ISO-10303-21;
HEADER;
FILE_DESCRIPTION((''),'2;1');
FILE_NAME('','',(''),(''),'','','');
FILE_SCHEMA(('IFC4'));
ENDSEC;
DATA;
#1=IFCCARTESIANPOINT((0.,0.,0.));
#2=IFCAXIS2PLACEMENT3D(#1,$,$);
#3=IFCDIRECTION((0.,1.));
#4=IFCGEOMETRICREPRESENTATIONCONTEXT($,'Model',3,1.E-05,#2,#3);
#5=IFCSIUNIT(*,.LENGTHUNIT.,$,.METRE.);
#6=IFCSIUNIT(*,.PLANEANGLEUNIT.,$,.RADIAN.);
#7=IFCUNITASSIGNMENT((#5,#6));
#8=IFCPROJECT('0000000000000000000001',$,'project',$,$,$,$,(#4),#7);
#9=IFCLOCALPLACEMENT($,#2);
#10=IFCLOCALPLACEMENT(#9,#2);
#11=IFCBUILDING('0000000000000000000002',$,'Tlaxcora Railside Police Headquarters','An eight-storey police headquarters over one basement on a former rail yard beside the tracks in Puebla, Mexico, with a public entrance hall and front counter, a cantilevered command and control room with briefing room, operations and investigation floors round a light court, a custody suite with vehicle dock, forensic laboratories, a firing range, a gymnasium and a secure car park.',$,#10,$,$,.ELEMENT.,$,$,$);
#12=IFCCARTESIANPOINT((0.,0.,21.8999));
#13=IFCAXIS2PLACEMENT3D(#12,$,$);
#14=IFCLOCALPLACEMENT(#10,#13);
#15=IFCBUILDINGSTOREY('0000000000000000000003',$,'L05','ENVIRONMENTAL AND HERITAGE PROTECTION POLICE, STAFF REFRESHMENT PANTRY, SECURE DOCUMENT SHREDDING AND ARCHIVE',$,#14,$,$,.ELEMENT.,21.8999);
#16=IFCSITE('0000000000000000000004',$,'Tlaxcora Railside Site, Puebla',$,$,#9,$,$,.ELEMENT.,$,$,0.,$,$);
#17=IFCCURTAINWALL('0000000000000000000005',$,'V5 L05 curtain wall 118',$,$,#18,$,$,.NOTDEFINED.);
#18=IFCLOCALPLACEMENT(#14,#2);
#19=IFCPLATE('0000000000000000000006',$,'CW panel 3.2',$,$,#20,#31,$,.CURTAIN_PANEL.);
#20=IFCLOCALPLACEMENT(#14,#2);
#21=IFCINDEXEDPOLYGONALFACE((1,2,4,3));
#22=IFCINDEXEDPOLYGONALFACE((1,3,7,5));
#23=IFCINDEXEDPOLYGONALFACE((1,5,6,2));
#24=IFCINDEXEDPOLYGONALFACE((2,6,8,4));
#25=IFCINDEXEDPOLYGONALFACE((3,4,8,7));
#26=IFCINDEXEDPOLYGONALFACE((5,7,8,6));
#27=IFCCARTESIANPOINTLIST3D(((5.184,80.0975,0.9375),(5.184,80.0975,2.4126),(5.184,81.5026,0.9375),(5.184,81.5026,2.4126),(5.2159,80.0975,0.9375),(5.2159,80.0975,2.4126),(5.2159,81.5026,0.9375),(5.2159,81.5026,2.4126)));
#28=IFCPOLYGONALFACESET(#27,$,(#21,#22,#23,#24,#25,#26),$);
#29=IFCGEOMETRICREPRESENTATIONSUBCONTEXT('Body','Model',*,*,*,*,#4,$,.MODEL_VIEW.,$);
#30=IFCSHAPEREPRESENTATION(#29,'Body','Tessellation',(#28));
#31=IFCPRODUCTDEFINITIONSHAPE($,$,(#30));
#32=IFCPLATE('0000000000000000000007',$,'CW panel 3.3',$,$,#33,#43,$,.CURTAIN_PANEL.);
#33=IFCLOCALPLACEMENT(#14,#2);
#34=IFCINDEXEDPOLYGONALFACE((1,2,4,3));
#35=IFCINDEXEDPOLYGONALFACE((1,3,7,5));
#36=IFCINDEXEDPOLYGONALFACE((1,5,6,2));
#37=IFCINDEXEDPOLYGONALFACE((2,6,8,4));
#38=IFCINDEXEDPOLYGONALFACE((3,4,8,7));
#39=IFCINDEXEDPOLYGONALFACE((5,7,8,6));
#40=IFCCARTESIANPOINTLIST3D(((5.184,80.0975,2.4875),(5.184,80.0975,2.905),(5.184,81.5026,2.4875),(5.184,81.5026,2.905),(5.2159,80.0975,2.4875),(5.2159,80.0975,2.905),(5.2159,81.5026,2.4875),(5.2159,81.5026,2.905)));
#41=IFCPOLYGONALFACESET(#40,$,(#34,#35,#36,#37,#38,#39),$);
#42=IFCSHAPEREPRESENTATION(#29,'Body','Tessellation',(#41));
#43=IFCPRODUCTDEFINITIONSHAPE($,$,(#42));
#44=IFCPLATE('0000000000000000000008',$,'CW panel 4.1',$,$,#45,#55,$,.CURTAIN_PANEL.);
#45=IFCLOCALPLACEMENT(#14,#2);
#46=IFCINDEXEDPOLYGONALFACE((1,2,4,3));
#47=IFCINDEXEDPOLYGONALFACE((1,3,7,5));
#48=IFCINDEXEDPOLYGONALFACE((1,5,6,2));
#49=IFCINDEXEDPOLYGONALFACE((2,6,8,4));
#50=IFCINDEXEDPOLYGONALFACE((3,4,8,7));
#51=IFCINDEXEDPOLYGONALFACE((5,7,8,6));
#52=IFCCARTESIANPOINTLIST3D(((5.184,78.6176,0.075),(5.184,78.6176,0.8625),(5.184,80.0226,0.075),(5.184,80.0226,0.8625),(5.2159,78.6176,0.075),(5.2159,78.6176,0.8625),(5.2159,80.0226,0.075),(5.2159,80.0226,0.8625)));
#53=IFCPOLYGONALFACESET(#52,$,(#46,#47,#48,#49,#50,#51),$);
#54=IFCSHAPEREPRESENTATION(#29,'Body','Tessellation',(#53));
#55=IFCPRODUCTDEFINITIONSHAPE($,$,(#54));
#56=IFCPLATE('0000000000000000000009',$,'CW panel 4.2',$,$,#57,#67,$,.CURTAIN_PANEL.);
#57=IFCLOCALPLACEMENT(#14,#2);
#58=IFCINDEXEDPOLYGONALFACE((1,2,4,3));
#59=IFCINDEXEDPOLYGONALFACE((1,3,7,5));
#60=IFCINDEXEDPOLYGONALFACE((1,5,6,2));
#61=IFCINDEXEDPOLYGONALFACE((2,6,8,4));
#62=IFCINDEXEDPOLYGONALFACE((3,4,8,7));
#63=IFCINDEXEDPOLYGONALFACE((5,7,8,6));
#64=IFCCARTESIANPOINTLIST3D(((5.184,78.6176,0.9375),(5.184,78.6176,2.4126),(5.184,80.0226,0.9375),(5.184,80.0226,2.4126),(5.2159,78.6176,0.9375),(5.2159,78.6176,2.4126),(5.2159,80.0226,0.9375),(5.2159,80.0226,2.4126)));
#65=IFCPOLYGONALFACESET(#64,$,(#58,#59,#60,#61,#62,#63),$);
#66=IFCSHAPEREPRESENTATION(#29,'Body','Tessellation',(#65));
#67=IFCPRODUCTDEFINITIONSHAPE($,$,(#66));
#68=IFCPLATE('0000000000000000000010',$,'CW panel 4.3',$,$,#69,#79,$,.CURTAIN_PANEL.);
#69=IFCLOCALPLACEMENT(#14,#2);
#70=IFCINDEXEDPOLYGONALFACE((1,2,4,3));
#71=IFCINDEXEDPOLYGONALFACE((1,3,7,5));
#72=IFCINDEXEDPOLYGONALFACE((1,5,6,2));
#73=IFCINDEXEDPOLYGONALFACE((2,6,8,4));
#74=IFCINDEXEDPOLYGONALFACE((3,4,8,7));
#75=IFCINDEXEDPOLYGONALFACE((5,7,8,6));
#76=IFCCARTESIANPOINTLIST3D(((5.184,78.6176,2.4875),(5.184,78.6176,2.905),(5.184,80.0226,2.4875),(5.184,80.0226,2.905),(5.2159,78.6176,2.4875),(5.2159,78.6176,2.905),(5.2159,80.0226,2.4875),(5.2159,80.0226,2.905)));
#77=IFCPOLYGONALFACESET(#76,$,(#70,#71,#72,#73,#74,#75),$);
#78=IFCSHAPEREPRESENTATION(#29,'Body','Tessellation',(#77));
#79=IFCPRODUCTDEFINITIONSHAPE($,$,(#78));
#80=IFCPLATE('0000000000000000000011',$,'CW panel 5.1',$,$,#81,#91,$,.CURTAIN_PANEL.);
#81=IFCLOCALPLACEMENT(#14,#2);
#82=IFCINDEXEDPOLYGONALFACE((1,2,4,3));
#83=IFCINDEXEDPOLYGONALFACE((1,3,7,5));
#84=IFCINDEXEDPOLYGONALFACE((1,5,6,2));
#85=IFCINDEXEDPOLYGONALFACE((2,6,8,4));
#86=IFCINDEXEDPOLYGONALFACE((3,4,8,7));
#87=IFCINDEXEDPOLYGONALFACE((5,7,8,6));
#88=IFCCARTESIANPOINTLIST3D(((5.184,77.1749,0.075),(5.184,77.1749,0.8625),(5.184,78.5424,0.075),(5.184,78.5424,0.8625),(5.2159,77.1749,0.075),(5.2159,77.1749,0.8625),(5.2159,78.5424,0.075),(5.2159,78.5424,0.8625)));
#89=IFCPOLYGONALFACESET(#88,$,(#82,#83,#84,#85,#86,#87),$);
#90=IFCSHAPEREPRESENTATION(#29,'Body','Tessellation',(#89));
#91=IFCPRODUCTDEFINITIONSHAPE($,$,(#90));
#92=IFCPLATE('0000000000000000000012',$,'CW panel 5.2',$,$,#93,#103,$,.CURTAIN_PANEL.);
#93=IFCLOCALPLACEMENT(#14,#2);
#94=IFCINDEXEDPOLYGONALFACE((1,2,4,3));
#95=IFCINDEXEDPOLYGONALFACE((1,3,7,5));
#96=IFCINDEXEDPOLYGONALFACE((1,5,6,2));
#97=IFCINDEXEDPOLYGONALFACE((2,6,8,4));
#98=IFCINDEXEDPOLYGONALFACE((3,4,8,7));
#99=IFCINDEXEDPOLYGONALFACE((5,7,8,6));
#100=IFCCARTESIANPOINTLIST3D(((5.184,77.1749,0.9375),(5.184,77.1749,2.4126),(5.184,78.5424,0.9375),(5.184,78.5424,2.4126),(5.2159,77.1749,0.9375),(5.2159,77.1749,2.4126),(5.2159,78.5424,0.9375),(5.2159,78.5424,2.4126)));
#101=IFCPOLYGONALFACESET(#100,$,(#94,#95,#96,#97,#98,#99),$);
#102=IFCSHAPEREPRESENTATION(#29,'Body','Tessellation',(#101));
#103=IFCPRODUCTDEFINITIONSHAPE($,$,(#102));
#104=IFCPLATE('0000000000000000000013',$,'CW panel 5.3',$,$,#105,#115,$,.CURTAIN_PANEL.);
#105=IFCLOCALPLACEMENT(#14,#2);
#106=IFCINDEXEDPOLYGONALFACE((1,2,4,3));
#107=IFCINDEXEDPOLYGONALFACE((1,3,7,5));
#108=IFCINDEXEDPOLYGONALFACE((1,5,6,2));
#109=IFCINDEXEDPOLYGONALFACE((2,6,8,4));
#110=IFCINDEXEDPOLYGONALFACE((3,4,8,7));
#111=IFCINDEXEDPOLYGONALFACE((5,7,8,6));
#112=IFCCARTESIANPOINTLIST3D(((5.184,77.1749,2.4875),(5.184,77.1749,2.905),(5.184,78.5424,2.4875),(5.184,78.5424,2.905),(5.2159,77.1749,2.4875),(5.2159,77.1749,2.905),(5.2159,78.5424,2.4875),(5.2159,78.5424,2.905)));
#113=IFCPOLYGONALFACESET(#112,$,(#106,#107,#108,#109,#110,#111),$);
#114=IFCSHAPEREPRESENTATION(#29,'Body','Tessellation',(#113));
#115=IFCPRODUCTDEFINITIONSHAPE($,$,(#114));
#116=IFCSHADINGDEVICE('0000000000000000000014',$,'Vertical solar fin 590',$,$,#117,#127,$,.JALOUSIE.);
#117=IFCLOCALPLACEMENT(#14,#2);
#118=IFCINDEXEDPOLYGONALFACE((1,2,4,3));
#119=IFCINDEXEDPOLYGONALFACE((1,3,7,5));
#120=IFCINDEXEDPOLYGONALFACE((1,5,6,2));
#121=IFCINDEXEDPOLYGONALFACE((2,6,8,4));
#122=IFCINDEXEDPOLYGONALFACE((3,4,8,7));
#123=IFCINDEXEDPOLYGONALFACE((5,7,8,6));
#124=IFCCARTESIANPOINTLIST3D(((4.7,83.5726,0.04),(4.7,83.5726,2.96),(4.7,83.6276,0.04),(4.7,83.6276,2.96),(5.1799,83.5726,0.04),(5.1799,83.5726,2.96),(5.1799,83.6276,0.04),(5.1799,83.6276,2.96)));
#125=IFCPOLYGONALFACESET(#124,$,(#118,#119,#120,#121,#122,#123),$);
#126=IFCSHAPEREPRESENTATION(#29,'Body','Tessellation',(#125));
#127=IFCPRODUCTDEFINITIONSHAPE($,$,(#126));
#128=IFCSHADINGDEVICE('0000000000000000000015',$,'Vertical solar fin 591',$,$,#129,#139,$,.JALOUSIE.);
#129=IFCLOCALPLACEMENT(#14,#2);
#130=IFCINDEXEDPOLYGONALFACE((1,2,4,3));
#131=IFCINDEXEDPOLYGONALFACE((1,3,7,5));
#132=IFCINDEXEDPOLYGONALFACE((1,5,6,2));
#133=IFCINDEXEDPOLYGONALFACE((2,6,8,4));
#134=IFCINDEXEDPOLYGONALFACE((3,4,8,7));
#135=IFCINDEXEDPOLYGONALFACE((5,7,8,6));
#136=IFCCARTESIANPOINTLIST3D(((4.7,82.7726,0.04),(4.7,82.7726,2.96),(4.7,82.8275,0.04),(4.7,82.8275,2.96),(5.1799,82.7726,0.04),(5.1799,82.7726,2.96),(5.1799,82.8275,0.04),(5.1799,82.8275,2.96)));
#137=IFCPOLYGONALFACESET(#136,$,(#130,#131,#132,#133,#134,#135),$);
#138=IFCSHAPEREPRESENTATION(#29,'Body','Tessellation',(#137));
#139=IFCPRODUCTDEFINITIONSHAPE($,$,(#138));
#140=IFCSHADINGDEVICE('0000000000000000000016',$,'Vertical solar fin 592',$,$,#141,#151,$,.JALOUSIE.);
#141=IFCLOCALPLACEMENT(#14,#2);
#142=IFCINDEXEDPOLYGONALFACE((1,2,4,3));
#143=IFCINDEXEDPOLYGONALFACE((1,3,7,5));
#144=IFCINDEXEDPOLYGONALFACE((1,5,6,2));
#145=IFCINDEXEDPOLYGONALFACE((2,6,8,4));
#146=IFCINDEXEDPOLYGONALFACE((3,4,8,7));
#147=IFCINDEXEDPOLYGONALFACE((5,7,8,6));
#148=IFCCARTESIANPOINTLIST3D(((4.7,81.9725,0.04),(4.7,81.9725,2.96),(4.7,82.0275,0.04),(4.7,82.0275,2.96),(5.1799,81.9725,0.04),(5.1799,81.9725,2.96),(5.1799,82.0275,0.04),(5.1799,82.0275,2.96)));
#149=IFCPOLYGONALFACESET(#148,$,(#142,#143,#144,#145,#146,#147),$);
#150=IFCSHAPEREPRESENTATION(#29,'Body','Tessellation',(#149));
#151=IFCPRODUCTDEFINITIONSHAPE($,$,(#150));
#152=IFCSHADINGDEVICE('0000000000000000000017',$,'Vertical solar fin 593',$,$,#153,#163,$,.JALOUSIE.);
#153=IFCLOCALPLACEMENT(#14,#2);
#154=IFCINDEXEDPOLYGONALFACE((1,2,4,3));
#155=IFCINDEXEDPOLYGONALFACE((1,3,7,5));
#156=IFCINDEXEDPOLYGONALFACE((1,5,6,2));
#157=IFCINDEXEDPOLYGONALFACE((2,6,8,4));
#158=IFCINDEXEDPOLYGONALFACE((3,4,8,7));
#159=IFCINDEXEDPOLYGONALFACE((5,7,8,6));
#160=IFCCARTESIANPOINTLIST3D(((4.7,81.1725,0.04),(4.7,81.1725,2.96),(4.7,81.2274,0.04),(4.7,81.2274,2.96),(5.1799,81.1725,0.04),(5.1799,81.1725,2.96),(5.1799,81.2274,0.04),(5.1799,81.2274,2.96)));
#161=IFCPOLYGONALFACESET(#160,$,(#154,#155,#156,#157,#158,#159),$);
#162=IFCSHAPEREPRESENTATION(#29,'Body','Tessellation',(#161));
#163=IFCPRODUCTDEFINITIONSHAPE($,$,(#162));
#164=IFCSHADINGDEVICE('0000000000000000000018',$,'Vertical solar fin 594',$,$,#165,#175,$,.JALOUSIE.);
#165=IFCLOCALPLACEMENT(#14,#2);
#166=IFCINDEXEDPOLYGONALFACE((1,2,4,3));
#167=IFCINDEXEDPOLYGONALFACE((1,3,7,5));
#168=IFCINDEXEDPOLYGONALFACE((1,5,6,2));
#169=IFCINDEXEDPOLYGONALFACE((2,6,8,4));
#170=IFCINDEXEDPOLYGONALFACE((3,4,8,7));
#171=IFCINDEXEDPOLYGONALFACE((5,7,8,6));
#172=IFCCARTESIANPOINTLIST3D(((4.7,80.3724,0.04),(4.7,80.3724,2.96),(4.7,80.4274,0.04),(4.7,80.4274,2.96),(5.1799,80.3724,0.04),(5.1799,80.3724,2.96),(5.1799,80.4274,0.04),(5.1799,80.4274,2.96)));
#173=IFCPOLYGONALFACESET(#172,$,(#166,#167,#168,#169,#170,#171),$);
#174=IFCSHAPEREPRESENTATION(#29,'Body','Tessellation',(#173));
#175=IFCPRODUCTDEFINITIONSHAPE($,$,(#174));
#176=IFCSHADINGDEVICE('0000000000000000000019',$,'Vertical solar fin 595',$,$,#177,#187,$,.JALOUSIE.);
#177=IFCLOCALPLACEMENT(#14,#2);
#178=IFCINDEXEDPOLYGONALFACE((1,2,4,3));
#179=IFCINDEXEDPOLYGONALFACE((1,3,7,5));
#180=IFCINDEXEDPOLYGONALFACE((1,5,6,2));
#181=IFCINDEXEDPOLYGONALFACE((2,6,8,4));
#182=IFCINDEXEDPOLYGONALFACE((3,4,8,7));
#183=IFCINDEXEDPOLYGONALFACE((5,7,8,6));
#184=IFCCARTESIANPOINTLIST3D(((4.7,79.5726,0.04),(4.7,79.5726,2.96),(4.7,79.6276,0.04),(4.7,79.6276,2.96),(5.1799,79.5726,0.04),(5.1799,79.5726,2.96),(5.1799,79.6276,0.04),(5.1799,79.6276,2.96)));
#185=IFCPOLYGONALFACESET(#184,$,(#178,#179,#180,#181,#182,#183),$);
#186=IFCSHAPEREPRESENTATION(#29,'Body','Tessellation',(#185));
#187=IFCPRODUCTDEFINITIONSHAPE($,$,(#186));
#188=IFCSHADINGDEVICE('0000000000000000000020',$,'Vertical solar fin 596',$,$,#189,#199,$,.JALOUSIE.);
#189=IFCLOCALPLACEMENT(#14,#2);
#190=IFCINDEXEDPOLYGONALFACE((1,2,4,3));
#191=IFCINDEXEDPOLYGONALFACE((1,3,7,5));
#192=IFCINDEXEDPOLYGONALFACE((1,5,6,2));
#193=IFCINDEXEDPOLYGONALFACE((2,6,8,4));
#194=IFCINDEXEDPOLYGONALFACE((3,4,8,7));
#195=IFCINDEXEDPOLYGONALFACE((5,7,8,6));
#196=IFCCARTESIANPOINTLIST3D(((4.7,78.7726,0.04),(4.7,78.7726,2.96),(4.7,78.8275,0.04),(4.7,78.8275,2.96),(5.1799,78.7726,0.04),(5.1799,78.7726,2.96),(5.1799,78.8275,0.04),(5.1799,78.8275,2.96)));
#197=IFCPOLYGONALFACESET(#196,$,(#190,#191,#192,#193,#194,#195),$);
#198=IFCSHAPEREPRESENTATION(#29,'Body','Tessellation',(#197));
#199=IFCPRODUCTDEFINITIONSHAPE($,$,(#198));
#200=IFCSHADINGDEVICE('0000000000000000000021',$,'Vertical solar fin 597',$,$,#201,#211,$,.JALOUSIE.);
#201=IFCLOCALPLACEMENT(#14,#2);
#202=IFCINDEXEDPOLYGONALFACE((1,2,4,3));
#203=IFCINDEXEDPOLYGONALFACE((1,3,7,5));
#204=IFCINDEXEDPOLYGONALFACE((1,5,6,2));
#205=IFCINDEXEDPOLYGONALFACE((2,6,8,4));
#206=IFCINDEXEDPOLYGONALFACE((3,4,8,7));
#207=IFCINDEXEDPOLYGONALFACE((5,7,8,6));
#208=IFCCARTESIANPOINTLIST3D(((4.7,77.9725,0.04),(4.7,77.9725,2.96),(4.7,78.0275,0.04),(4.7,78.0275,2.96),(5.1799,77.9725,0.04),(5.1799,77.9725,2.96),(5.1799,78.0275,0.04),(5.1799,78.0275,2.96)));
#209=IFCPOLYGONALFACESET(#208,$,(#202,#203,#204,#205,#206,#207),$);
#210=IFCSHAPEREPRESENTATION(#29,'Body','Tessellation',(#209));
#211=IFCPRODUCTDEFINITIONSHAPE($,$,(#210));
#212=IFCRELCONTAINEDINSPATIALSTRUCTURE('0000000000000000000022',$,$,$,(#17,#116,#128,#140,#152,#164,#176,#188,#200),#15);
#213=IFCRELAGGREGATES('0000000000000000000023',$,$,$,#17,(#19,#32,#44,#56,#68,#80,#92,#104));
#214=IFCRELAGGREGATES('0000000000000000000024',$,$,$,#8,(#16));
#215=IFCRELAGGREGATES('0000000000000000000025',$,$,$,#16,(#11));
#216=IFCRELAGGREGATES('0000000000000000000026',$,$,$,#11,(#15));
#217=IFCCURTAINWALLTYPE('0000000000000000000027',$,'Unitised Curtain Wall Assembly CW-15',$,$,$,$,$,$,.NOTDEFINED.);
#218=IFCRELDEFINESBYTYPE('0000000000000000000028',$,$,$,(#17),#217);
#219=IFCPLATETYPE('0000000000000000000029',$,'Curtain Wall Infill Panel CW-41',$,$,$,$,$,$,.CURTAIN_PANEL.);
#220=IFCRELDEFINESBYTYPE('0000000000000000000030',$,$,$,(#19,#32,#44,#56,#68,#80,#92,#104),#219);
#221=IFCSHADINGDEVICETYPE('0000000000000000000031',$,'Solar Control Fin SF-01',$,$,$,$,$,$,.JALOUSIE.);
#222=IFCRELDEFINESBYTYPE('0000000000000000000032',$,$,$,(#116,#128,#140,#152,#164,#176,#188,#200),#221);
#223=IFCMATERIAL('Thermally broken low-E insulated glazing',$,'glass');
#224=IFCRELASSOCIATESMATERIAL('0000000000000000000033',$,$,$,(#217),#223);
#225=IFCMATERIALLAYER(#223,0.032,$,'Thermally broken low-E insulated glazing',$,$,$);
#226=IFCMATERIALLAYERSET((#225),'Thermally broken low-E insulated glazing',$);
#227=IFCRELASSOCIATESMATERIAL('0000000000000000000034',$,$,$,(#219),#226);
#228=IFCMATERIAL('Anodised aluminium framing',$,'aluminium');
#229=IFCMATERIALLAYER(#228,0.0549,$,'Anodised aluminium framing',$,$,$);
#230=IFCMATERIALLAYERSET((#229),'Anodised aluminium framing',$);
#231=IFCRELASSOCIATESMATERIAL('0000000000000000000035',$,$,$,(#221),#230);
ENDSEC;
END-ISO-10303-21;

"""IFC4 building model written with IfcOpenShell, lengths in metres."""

from ifc_helpers import new_model, si_unit, direction, frame, origin, origin_2d, place, context, subcontext, project, spatial, rectangle, extrude, material, layer, layer_set, type_object, element, aggregate, save


model = new_model("IFC4")

# Units and contexts
model_context = context("Model", 3, precision=1e-05, world=origin(), true_north=direction((0.0, 1.0)))
body_context = subcontext(model_context, "Body", "Model", "MODEL_VIEW")
ifc_project = project(units=[si_unit("LENGTHUNIT", "METRE"), si_unit("PLANEANGLEUNIT", "RADIAN")], contexts=[model_context])

# Site, building, storey
site_placement = place(None, origin())
site = spatial("IfcSite", under=ifc_project, at=site_placement, Name="Tlaxcora Railside Site, Puebla", CompositionType="ELEMENT", RefElevation=0.0)
building_placement = place(site_placement, origin())
building = spatial("IfcBuilding", under=site, at=building_placement, Name="Tlaxcora Railside Police Headquarters", Description="An eight-storey police headquarters over one basement on a former rail yard beside the tracks in Puebla, Mexico, with a public entrance hall and front counter, a cantilevered command and control room with briefing room, operations and investigation floors round a light court, a custody suite with vehicle dock, forensic laboratories, a firing range, a gymnasium and a secure car park.", CompositionType="ELEMENT")
storey_placement = place(building_placement, frame((0.0, 0.0, 21.8999)))
storey = spatial("IfcBuildingStorey", under=building, at=storey_placement, Name="L05", Description="ENVIRONMENTAL AND HERITAGE PROTECTION POLICE, STAFF REFRESHMENT PANTRY, SECURE DOCUMENT SHREDDING AND ARCHIVE", CompositionType="ELEMENT", Elevation=21.8999)

# Curtain wall
ifc_material_1 = material(Name="Thermally broken low-E insulated glazing", Category="glass")
curtain_wall_type = type_object("IfcCurtainWallType", Name="Unitised Curtain Wall Assembly CW-15", PredefinedType="NOTDEFINED", material=ifc_material_1)
curtain_wall_placement = place(storey_placement, origin())
curtain_wall = element("IfcCurtainWall", 1, at=curtain_wall_placement, inside=storey, type_object=curtain_wall_type, Name="V5 L05 curtain wall 118", PredefinedType="NOTDEFINED")
ifc_material_2 = material(Name="Anodised aluminium framing", Category="aluminium")

# Plates
ifc_layer_1 = layer(ifc_material_1, 0.032, Name="Thermally broken low-E insulated glazing")
ifc_layer_set_1 = layer_set([ifc_layer_1], Name="Thermally broken low-E insulated glazing")
plate_type = type_object("IfcPlateType", Name="Curtain Wall Infill Panel CW-41", PredefinedType="CURTAIN_PANEL", material=ifc_layer_set_1)
plate_1_placement = place(storey_placement, frame((5.2, 80.8, 0.9375), z_axis=(0.0, 0.0, 1.0), x_axis=(0.0, -1.0, 0.0)))
plate_1 = element("IfcPlate", 2, at=plate_1_placement, type_object=plate_type, Name="CW panel 3.2", PredefinedType="CURTAIN_PANEL", context=body_context, shape_type="SweptSolid", body=[
    extrude(rectangle(XDim=1.405, YDim=0.032, at=origin_2d()), origin(), (0.0, 0.0, 1.0), 1.4751),
])
plate_2_placement = place(storey_placement, frame((5.2, 80.8, 2.4875), z_axis=(0.0, 0.0, 1.0), x_axis=(0.0, -1.0, 0.0)))
plate_2 = element("IfcPlate", 3, at=plate_2_placement, type_object=plate_type, Name="CW panel 3.3", PredefinedType="CURTAIN_PANEL", context=body_context, shape_type="SweptSolid", body=[
    extrude(rectangle(XDim=1.405, YDim=0.032, at=origin_2d()), origin(), (0.0, 0.0, 1.0), 0.4175),
])
plate_3_placement = place(storey_placement, frame((5.2, 79.3201, 0.075), z_axis=(0.0, 0.0, 1.0), x_axis=(0.0, -1.0, 0.0)))
plate_3 = element("IfcPlate", 4, at=plate_3_placement, type_object=plate_type, Name="CW panel 4.1", PredefinedType="CURTAIN_PANEL", context=body_context, shape_type="SweptSolid", body=[
    extrude(rectangle(XDim=1.405, YDim=0.032, at=origin_2d()), origin(), (0.0, 0.0, 1.0), 0.7876),
])
plate_4_placement = place(storey_placement, frame((5.2, 79.3201, 0.9375), z_axis=(0.0, 0.0, 1.0), x_axis=(0.0, -1.0, 0.0)))
plate_4 = element("IfcPlate", 5, at=plate_4_placement, type_object=plate_type, Name="CW panel 4.2", PredefinedType="CURTAIN_PANEL", context=body_context, shape_type="SweptSolid", body=[
    extrude(rectangle(XDim=1.405, YDim=0.032, at=origin_2d()), origin(), (0.0, 0.0, 1.0), 1.4751),
])
plate_5_placement = place(storey_placement, frame((5.2, 79.3201, 2.4875), z_axis=(0.0, 0.0, 1.0), x_axis=(0.0, -1.0, 0.0)))
plate_5 = element("IfcPlate", 6, at=plate_5_placement, type_object=plate_type, Name="CW panel 4.3", PredefinedType="CURTAIN_PANEL", context=body_context, shape_type="SweptSolid", body=[
    extrude(rectangle(XDim=1.405, YDim=0.032, at=origin_2d()), origin(), (0.0, 0.0, 1.0), 0.4175),
])
plate_6_placement = place(storey_placement, frame((5.2, 77.8586, 0.075), z_axis=(0.0, 0.0, 1.0), x_axis=(0.0, -1.0, 0.0)))
plate_6 = element("IfcPlate", 7, at=plate_6_placement, type_object=plate_type, Name="CW panel 5.1", PredefinedType="CURTAIN_PANEL", context=body_context, shape_type="SweptSolid", body=[
    extrude(rectangle(XDim=1.3674, YDim=0.032, at=origin_2d()), origin(), (0.0, 0.0, 1.0), 0.7876),
])
plate_7_placement = place(storey_placement, frame((5.2, 77.8586, 0.9375), z_axis=(0.0, 0.0, 1.0), x_axis=(0.0, -1.0, 0.0)))
plate_7 = element("IfcPlate", 8, at=plate_7_placement, type_object=plate_type, Name="CW panel 5.2", PredefinedType="CURTAIN_PANEL", context=body_context, shape_type="SweptSolid", body=[
    extrude(rectangle(XDim=1.3674, YDim=0.032, at=origin_2d()), origin(), (0.0, 0.0, 1.0), 1.4751),
])
plate_8_placement = place(storey_placement, frame((5.2, 77.8586, 2.4875), z_axis=(0.0, 0.0, 1.0), x_axis=(0.0, -1.0, 0.0)))
plate_8 = element("IfcPlate", 9, at=plate_8_placement, type_object=plate_type, Name="CW panel 5.3", PredefinedType="CURTAIN_PANEL", context=body_context, shape_type="SweptSolid", body=[
    extrude(rectangle(XDim=1.3674, YDim=0.032, at=origin_2d()), origin(), (0.0, 0.0, 1.0), 0.4175),
])
aggregate(curtain_wall, [plate_1, plate_2, plate_3, plate_4, plate_5, plate_6, plate_7, plate_8])

# Shading devices
ifc_layer_2 = layer(ifc_material_2, 0.0549, Name="Anodised aluminium framing")
ifc_layer_set_2 = layer_set([ifc_layer_2], Name="Anodised aluminium framing")
shading_device_type = type_object("IfcShadingDeviceType", Name="Solar Control Fin SF-01", PredefinedType="JALOUSIE", material=ifc_layer_set_2)
for number, where, z_axis, x_axis, name in (
    (10, (4.9399, 83.6001, 0.04), (0.0, 0.0, 1.0), (-1.0, 0.0, 0.0), "Vertical solar fin 590"),
    (11, (4.9399, 82.8, 0.04), (0.0, 0.0, 1.0), (-1.0, 0.0, 0.0), "Vertical solar fin 591"),
    (12, (4.9399, 82.0, 0.04), (0.0, 0.0, 1.0), (-1.0, 0.0, 0.0), "Vertical solar fin 592"),
    (13, (4.9399, 81.2, 0.04), (0.0, 0.0, 1.0), (-1.0, 0.0, 0.0), "Vertical solar fin 593"),
    (14, (4.9399, 80.3999, 0.04), (0.0, 0.0, 1.0), (-1.0, 0.0, 0.0), "Vertical solar fin 594"),
    (15, (4.9399, 79.6001, 0.04), (0.0, 0.0, 1.0), (-1.0, 0.0, 0.0), "Vertical solar fin 595"),
    (16, (4.9399, 78.8, 0.04), (0.0, 0.0, 1.0), (-1.0, 0.0, 0.0), "Vertical solar fin 596"),
    (17, (4.9399, 78.0, 0.04), (0.0, 0.0, 1.0), (-1.0, 0.0, 0.0), "Vertical solar fin 597"),
):
    element("IfcShadingDevice", number, at=place(storey_placement, frame(where, z_axis=z_axis, x_axis=x_axis)), inside=storey, type_object=shading_device_type, Name=name, PredefinedType="JALOUSIE", context=body_context, shape_type="SweptSolid", body=[
        extrude(rectangle(XDim=0.48, YDim=0.0549, at=origin_2d()), origin(), (0.0, 0.0, 1.0), 2.9199),
    ])

save(model, "model.ifc")
